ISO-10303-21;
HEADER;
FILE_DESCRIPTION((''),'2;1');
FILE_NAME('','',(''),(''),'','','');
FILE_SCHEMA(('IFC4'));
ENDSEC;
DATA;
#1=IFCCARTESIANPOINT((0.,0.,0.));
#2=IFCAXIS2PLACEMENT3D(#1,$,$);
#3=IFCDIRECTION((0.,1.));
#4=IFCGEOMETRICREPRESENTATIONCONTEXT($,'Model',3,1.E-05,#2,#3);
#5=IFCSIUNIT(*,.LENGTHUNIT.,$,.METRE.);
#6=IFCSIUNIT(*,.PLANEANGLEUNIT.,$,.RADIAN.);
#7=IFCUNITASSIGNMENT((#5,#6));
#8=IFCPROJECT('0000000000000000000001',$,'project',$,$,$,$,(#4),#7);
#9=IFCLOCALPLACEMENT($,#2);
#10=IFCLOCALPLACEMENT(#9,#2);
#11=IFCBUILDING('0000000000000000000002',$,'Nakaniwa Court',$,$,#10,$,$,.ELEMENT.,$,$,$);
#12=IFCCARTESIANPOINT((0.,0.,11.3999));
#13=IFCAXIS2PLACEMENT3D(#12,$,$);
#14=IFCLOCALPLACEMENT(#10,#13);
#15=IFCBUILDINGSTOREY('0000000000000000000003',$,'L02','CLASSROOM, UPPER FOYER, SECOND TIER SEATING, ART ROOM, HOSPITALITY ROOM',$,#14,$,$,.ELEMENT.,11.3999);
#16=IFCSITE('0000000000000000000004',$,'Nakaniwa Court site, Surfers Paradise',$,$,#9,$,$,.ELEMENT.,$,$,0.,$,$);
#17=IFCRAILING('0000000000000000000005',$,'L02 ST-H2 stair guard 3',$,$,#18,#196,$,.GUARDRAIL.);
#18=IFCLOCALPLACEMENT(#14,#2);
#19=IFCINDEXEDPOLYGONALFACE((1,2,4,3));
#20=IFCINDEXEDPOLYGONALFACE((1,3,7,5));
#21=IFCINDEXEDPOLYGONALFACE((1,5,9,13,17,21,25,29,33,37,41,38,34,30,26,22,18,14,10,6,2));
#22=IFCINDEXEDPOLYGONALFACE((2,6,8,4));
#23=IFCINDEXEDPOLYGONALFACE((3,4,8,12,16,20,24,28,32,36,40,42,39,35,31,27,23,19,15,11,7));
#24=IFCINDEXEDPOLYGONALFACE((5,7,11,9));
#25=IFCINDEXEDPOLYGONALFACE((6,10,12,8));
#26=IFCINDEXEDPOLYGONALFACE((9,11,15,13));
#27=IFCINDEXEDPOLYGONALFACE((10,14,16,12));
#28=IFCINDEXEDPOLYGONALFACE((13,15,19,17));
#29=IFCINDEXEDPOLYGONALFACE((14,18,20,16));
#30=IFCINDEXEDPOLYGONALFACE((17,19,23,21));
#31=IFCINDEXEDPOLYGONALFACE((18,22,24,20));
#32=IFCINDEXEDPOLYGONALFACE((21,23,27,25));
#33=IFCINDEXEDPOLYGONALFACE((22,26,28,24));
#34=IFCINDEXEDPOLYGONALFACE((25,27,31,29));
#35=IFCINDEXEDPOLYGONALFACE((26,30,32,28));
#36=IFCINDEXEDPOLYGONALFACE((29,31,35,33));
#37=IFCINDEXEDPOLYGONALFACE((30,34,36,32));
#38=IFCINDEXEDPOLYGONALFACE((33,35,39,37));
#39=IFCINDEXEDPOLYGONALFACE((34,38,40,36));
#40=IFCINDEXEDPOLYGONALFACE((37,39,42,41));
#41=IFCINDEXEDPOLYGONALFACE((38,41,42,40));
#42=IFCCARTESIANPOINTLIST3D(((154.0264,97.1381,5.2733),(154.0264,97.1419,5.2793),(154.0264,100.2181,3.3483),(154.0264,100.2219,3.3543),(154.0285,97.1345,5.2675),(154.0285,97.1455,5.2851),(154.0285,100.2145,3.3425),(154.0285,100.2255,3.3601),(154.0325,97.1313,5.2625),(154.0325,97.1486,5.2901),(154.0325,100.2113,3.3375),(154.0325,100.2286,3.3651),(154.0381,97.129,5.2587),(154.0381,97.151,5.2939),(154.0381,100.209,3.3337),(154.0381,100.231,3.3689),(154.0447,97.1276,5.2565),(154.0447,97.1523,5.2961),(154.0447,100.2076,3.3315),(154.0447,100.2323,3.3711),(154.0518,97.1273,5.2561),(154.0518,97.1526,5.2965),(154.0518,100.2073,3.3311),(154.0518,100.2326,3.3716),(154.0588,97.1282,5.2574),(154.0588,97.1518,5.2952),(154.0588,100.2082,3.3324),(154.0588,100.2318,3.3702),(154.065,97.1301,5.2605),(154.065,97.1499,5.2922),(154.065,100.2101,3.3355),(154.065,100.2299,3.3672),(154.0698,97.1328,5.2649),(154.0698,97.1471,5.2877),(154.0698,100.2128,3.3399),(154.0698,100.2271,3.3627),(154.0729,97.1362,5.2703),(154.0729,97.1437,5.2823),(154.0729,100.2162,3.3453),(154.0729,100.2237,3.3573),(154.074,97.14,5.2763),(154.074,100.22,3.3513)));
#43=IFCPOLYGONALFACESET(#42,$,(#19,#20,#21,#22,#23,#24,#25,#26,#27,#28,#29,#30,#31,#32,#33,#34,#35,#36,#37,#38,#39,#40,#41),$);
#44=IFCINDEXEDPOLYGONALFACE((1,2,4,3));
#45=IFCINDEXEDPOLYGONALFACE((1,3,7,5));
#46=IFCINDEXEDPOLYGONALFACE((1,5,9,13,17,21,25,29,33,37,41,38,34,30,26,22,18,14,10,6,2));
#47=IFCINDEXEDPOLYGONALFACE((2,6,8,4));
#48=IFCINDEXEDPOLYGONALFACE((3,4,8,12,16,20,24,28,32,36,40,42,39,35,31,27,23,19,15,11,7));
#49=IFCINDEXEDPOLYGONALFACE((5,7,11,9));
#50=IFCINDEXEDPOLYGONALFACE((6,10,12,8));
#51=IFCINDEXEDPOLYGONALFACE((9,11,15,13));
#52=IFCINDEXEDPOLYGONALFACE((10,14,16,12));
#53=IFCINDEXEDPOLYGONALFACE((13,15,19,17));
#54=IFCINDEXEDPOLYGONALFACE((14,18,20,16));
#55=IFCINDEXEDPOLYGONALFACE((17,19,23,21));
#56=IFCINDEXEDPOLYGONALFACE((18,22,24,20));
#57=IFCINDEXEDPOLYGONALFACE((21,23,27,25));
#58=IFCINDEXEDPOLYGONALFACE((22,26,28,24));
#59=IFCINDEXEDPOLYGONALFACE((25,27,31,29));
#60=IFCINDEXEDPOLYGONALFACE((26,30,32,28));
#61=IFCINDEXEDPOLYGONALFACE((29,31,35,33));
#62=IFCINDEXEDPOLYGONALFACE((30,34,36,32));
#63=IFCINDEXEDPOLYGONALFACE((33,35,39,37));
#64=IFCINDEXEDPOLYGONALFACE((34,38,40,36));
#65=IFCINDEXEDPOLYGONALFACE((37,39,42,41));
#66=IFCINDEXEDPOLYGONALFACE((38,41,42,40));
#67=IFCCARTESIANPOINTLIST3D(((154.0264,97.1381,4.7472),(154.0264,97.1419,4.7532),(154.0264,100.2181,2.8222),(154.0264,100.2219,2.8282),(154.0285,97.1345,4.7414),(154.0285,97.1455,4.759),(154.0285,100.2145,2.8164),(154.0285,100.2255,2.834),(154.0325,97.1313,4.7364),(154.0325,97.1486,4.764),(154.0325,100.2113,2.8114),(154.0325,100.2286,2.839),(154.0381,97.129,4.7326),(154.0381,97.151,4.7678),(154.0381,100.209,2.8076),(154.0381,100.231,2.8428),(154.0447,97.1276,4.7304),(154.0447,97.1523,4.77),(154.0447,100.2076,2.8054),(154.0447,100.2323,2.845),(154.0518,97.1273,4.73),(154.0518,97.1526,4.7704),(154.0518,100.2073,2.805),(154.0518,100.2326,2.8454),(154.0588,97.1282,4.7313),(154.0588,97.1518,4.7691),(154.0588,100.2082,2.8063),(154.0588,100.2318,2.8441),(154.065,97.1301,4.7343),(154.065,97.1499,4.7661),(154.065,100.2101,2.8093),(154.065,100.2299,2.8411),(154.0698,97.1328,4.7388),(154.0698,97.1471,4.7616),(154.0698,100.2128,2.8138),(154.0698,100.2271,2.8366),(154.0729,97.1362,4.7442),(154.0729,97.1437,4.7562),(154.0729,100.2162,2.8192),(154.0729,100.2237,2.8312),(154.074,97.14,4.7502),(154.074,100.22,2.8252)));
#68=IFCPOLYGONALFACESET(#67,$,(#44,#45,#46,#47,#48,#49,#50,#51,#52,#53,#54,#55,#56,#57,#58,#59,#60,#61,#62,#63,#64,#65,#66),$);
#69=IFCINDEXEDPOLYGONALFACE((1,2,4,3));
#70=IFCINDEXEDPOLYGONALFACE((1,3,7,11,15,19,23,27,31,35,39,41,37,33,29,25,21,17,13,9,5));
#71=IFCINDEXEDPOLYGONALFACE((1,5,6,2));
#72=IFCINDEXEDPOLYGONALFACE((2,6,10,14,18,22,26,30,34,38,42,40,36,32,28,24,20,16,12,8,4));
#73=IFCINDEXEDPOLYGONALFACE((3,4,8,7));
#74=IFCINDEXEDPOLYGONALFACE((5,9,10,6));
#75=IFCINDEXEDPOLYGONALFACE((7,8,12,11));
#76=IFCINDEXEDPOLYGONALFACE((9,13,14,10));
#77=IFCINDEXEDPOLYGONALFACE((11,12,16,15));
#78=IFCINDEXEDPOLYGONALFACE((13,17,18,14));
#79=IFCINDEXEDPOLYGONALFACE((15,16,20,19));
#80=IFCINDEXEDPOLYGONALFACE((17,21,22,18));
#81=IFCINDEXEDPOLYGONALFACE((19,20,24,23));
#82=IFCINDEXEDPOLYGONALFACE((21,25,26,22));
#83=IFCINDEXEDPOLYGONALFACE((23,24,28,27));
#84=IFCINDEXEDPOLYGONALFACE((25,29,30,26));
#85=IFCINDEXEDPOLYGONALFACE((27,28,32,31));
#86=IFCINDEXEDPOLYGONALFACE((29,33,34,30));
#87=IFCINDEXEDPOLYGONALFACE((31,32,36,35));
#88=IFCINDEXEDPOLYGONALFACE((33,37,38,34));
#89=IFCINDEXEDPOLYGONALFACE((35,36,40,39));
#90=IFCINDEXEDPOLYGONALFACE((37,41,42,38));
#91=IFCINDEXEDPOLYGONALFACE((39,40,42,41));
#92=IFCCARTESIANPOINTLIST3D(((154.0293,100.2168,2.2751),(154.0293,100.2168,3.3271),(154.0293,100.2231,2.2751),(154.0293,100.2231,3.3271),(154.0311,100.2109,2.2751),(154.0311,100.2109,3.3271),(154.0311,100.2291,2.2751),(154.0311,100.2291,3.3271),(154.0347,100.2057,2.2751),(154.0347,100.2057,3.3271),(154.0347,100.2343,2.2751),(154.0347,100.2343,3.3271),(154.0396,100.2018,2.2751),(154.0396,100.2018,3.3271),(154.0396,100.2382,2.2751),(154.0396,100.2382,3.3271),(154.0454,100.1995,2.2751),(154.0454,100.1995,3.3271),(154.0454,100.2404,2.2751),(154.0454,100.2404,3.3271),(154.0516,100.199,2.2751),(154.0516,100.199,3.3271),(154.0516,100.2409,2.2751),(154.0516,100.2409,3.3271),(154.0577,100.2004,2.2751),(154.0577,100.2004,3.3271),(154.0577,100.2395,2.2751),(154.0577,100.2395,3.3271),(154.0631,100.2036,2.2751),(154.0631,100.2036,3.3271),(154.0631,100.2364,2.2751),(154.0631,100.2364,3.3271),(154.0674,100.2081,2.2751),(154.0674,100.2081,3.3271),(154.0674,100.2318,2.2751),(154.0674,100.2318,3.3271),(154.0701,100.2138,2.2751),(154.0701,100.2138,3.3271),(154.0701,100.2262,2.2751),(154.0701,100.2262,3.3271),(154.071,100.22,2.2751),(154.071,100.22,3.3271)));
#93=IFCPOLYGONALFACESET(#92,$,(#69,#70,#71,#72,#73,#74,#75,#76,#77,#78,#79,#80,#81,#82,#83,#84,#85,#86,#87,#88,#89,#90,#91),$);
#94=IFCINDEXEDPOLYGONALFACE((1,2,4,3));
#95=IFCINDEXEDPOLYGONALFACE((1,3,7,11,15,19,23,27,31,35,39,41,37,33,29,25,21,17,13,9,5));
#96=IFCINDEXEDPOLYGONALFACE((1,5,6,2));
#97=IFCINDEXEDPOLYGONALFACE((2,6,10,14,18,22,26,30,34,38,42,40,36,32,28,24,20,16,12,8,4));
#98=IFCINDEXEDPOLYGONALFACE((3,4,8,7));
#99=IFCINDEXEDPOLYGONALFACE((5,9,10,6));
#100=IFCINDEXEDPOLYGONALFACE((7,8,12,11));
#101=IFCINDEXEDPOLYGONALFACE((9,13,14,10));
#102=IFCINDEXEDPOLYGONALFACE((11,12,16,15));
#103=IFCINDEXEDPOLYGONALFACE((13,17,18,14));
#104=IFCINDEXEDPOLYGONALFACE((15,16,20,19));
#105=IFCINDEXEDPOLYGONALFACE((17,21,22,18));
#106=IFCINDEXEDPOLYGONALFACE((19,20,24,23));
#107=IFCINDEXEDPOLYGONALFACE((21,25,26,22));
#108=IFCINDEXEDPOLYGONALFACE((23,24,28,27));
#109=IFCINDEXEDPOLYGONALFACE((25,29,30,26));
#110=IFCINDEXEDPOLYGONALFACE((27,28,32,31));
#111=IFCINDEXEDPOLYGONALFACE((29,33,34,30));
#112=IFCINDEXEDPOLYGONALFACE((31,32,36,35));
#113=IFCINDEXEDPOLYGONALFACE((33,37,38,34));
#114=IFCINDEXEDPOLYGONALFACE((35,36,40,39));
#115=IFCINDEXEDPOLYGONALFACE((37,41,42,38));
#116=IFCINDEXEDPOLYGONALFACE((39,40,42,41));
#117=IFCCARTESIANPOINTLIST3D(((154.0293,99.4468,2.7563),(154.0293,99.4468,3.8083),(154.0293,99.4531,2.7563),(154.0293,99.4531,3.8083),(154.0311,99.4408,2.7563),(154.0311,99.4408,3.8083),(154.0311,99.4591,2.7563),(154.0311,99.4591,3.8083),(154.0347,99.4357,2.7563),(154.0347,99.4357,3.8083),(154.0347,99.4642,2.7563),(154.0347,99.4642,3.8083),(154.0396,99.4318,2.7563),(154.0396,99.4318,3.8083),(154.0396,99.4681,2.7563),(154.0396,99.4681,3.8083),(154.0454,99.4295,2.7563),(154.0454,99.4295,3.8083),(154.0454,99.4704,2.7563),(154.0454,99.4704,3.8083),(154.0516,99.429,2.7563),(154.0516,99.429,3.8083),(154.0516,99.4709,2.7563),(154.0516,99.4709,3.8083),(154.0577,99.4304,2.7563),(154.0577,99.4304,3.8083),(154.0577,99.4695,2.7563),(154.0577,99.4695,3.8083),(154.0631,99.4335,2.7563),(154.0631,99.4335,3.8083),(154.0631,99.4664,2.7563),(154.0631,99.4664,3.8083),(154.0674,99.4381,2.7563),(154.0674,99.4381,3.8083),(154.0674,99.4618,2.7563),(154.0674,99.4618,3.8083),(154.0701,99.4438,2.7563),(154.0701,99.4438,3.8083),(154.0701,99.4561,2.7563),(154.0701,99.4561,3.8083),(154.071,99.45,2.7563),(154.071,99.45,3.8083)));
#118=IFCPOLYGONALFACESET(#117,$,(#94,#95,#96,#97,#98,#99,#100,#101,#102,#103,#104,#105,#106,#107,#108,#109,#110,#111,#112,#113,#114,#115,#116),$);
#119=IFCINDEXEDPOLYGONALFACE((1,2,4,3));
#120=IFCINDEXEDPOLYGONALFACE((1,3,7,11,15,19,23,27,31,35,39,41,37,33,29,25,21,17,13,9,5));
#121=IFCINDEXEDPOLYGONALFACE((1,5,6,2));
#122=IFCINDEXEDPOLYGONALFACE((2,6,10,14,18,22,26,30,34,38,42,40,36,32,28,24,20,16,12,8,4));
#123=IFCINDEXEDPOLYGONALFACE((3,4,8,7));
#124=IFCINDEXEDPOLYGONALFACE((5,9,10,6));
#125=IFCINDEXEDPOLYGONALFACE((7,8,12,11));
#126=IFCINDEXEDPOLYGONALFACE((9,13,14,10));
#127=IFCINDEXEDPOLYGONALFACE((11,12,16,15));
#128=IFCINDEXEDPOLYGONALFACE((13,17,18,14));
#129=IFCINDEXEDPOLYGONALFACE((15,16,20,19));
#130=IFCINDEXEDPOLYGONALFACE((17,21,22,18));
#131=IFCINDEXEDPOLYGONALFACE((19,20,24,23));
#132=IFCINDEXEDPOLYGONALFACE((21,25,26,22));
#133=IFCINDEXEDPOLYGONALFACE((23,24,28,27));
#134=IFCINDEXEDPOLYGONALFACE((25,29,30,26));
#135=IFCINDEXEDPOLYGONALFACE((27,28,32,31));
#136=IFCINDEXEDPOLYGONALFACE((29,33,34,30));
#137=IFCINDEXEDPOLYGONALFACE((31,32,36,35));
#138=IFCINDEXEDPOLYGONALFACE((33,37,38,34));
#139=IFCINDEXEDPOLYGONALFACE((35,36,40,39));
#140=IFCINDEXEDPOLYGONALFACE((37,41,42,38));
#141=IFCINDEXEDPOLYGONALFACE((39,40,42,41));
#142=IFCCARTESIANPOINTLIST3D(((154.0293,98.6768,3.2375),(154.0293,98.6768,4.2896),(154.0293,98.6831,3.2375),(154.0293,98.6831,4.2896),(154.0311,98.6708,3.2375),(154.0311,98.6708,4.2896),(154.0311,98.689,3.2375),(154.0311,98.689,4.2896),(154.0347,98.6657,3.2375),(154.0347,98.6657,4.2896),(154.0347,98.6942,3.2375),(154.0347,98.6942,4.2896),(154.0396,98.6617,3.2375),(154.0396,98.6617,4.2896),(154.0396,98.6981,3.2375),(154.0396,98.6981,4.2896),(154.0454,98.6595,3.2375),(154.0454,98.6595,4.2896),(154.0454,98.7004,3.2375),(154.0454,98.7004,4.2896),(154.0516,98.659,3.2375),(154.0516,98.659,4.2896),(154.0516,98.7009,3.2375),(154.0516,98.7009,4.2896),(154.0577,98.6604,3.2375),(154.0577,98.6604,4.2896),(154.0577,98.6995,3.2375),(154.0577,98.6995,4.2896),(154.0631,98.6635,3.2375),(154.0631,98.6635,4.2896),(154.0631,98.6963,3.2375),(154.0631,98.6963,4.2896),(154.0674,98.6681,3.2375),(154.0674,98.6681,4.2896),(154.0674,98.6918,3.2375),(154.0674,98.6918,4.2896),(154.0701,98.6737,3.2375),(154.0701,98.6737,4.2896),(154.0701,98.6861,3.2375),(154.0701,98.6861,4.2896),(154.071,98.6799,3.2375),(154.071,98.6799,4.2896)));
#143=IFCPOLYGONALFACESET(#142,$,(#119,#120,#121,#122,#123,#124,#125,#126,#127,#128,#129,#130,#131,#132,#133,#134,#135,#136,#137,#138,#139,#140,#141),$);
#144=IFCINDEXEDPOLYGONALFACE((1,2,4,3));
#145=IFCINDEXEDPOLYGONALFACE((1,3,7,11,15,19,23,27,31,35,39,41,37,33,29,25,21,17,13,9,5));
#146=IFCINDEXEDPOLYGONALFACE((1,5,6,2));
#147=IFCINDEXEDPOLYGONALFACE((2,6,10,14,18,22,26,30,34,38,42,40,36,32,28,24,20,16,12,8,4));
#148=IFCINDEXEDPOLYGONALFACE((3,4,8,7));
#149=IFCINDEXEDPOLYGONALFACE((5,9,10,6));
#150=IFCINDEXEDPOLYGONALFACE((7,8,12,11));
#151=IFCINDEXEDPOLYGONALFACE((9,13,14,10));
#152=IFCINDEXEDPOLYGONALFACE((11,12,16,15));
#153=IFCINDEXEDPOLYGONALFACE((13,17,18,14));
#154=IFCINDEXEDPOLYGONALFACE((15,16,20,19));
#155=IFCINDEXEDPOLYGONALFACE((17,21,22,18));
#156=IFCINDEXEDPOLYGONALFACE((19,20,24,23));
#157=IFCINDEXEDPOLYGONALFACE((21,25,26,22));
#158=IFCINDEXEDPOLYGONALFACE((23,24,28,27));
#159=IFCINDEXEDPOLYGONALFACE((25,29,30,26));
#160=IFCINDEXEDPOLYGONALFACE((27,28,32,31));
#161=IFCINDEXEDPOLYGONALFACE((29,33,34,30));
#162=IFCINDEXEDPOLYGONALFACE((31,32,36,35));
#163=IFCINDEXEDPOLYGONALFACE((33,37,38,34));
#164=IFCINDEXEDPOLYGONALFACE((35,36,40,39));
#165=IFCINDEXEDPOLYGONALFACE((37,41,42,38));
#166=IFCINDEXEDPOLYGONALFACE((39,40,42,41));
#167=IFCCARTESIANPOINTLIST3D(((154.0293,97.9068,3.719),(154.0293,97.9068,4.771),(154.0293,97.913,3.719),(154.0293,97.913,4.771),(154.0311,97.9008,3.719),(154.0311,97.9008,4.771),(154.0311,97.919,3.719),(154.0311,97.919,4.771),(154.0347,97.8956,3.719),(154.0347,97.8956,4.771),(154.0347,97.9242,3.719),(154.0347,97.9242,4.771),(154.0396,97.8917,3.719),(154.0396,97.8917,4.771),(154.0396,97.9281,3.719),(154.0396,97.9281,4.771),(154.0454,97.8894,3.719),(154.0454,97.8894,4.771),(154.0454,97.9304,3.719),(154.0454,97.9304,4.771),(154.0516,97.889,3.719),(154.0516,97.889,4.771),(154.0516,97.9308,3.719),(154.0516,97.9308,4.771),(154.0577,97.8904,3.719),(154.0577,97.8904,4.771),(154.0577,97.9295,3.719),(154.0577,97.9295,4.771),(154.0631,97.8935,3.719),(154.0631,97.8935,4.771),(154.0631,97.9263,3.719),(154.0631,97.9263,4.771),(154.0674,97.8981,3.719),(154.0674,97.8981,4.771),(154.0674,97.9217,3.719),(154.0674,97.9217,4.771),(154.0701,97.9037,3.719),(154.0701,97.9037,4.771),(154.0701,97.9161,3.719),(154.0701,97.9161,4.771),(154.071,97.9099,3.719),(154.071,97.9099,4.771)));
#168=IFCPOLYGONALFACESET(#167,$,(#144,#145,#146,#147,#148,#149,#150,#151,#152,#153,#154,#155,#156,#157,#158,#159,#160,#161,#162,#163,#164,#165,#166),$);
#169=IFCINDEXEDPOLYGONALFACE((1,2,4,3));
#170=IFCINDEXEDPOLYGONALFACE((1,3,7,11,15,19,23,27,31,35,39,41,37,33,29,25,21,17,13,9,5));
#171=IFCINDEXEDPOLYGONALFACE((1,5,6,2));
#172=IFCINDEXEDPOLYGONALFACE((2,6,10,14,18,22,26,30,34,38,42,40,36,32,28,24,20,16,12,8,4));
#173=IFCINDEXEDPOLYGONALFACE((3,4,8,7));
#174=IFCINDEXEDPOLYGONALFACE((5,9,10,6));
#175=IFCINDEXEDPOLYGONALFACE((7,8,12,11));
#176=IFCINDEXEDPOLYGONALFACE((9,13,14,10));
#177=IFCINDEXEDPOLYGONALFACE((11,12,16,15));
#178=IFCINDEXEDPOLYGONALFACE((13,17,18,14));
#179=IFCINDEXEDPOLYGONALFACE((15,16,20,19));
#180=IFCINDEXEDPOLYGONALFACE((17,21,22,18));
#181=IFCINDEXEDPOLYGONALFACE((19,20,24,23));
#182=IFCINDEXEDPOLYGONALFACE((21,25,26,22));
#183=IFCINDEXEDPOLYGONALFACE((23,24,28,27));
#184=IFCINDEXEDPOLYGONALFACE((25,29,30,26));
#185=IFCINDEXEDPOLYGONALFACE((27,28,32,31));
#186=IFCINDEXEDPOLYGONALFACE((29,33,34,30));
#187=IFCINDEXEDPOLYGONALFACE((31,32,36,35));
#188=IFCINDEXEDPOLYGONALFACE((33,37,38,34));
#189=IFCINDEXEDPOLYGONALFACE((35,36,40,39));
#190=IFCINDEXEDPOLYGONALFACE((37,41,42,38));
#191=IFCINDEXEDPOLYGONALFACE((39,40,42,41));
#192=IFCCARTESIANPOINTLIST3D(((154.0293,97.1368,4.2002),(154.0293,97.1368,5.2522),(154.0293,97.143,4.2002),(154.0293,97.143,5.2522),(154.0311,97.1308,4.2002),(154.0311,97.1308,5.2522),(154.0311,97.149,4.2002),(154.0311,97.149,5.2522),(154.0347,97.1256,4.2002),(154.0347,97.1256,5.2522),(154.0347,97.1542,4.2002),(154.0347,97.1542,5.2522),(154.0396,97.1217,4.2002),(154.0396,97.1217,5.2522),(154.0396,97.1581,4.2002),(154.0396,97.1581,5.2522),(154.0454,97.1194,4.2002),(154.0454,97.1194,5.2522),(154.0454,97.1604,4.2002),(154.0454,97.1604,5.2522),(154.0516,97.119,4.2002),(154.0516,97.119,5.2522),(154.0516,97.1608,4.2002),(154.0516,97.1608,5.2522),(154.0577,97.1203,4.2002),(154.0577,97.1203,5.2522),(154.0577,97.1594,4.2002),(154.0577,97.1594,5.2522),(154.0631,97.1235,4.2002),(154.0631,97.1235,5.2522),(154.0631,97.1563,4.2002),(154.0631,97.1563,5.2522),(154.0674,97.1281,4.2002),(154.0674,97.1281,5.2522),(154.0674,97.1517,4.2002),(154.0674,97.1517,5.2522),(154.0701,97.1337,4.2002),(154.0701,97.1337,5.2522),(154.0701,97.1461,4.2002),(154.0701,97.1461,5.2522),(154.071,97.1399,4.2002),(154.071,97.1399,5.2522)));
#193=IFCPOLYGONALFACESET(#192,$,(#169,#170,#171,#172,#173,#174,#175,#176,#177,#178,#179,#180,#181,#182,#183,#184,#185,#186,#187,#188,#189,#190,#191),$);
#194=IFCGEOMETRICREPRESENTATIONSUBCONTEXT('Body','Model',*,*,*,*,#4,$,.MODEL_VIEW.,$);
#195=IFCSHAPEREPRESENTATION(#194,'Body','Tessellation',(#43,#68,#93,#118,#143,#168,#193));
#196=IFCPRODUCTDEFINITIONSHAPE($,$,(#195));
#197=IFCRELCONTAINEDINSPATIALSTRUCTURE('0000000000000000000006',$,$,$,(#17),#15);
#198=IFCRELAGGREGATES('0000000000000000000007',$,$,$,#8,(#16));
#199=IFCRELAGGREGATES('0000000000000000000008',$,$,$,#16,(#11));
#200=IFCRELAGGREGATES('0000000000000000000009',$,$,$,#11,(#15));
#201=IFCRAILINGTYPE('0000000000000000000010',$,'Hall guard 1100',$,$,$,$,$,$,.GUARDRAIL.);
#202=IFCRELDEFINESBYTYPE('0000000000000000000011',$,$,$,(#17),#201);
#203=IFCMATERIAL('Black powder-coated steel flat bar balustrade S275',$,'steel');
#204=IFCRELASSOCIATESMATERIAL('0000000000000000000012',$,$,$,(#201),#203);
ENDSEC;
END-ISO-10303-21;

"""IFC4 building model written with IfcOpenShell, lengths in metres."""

from ifc_helpers import new_model, si_unit, direction, frame, origin, origin_2d, place, context, subcontext, project, spatial, circle, extrude, material, type_object, element, save


model = new_model("IFC4")

# Units and contexts
model_context = context("Model", 3, precision=1e-05, world=origin(), true_north=direction((0.0, 1.0)))
body_context = subcontext(model_context, "Body", "Model", "MODEL_VIEW")
ifc_project = project(units=[si_unit("LENGTHUNIT", "METRE"), si_unit("PLANEANGLEUNIT", "RADIAN")], contexts=[model_context])

# Site, building, storey
site_placement = place(None, origin())
site = spatial("IfcSite", under=ifc_project, at=site_placement, Name="Nakaniwa Court site, Surfers Paradise", CompositionType="ELEMENT", RefElevation=0.0)
building_placement = place(site_placement, origin())
building = spatial("IfcBuilding", under=site, at=building_placement, Name="Nakaniwa Court", CompositionType="ELEMENT")
storey_placement = place(building_placement, frame((0.0, 0.0, 11.3999)))
storey = spatial("IfcBuildingStorey", under=building, at=storey_placement, Name="L02", Description="CLASSROOM, UPPER FOYER, SECOND TIER SEATING, ART ROOM, HOSPITALITY ROOM", CompositionType="ELEMENT", Elevation=11.3999)

# Railing
ifc_material_1 = material(Name="Black powder-coated steel flat bar balustrade S275", Category="steel")
railing_type_1 = type_object("IfcRailingType", Name="Hall guard 1100", PredefinedType="GUARDRAIL", material=ifc_material_1)
railing_1_placement = place(storey_placement, frame((154.05, 100.22, 2.2751)))
element("IfcRailing", 1, at=railing_1_placement, inside=storey, type_object=railing_type_1, Name="L02 ST-H2 stair guard 3", PredefinedType="GUARDRAIL", context=body_context, shape_type="SweptSolid", body=[
    extrude(circle(Radius=0.0239, at=origin_2d()), frame((0.0, 0.0, 1.0762), z_axis=(0.0, -0.847998, 0.529999), x_axis=(1.0, 0.0, 0.0)), (0.0, 0.0, 1.0), 3.6321),
    extrude(circle(Radius=0.0239, at=origin_2d()), frame((0.0, 0.0, 0.55), z_axis=(0.0, -0.847998, 0.529999), x_axis=(1.0, 0.0, 0.0)), (0.0, 0.0, 1.0), 3.6321),
    extrude(circle(Radius=0.021, at=origin_2d()), origin(), (0.0, 0.0, 1.0), 1.052),
    extrude(circle(Radius=0.021, at=origin_2d()), frame((0.0, -0.77, 0.4812)), (0.0, 0.0, 1.0), 1.052),
    extrude(circle(Radius=0.021, at=origin_2d()), frame((0.0, -1.54, 0.9624)), (0.0, 0.0, 1.0), 1.052),
    extrude(circle(Radius=0.021, at=origin_2d()), frame((0.0, -2.3101, 1.4438)), (0.0, 0.0, 1.0), 1.052),
    extrude(circle(Radius=0.021, at=origin_2d()), frame((0.0, -3.0801, 1.925)), (0.0, 0.0, 1.0), 1.052),
])

save(model, "model.ifc")
